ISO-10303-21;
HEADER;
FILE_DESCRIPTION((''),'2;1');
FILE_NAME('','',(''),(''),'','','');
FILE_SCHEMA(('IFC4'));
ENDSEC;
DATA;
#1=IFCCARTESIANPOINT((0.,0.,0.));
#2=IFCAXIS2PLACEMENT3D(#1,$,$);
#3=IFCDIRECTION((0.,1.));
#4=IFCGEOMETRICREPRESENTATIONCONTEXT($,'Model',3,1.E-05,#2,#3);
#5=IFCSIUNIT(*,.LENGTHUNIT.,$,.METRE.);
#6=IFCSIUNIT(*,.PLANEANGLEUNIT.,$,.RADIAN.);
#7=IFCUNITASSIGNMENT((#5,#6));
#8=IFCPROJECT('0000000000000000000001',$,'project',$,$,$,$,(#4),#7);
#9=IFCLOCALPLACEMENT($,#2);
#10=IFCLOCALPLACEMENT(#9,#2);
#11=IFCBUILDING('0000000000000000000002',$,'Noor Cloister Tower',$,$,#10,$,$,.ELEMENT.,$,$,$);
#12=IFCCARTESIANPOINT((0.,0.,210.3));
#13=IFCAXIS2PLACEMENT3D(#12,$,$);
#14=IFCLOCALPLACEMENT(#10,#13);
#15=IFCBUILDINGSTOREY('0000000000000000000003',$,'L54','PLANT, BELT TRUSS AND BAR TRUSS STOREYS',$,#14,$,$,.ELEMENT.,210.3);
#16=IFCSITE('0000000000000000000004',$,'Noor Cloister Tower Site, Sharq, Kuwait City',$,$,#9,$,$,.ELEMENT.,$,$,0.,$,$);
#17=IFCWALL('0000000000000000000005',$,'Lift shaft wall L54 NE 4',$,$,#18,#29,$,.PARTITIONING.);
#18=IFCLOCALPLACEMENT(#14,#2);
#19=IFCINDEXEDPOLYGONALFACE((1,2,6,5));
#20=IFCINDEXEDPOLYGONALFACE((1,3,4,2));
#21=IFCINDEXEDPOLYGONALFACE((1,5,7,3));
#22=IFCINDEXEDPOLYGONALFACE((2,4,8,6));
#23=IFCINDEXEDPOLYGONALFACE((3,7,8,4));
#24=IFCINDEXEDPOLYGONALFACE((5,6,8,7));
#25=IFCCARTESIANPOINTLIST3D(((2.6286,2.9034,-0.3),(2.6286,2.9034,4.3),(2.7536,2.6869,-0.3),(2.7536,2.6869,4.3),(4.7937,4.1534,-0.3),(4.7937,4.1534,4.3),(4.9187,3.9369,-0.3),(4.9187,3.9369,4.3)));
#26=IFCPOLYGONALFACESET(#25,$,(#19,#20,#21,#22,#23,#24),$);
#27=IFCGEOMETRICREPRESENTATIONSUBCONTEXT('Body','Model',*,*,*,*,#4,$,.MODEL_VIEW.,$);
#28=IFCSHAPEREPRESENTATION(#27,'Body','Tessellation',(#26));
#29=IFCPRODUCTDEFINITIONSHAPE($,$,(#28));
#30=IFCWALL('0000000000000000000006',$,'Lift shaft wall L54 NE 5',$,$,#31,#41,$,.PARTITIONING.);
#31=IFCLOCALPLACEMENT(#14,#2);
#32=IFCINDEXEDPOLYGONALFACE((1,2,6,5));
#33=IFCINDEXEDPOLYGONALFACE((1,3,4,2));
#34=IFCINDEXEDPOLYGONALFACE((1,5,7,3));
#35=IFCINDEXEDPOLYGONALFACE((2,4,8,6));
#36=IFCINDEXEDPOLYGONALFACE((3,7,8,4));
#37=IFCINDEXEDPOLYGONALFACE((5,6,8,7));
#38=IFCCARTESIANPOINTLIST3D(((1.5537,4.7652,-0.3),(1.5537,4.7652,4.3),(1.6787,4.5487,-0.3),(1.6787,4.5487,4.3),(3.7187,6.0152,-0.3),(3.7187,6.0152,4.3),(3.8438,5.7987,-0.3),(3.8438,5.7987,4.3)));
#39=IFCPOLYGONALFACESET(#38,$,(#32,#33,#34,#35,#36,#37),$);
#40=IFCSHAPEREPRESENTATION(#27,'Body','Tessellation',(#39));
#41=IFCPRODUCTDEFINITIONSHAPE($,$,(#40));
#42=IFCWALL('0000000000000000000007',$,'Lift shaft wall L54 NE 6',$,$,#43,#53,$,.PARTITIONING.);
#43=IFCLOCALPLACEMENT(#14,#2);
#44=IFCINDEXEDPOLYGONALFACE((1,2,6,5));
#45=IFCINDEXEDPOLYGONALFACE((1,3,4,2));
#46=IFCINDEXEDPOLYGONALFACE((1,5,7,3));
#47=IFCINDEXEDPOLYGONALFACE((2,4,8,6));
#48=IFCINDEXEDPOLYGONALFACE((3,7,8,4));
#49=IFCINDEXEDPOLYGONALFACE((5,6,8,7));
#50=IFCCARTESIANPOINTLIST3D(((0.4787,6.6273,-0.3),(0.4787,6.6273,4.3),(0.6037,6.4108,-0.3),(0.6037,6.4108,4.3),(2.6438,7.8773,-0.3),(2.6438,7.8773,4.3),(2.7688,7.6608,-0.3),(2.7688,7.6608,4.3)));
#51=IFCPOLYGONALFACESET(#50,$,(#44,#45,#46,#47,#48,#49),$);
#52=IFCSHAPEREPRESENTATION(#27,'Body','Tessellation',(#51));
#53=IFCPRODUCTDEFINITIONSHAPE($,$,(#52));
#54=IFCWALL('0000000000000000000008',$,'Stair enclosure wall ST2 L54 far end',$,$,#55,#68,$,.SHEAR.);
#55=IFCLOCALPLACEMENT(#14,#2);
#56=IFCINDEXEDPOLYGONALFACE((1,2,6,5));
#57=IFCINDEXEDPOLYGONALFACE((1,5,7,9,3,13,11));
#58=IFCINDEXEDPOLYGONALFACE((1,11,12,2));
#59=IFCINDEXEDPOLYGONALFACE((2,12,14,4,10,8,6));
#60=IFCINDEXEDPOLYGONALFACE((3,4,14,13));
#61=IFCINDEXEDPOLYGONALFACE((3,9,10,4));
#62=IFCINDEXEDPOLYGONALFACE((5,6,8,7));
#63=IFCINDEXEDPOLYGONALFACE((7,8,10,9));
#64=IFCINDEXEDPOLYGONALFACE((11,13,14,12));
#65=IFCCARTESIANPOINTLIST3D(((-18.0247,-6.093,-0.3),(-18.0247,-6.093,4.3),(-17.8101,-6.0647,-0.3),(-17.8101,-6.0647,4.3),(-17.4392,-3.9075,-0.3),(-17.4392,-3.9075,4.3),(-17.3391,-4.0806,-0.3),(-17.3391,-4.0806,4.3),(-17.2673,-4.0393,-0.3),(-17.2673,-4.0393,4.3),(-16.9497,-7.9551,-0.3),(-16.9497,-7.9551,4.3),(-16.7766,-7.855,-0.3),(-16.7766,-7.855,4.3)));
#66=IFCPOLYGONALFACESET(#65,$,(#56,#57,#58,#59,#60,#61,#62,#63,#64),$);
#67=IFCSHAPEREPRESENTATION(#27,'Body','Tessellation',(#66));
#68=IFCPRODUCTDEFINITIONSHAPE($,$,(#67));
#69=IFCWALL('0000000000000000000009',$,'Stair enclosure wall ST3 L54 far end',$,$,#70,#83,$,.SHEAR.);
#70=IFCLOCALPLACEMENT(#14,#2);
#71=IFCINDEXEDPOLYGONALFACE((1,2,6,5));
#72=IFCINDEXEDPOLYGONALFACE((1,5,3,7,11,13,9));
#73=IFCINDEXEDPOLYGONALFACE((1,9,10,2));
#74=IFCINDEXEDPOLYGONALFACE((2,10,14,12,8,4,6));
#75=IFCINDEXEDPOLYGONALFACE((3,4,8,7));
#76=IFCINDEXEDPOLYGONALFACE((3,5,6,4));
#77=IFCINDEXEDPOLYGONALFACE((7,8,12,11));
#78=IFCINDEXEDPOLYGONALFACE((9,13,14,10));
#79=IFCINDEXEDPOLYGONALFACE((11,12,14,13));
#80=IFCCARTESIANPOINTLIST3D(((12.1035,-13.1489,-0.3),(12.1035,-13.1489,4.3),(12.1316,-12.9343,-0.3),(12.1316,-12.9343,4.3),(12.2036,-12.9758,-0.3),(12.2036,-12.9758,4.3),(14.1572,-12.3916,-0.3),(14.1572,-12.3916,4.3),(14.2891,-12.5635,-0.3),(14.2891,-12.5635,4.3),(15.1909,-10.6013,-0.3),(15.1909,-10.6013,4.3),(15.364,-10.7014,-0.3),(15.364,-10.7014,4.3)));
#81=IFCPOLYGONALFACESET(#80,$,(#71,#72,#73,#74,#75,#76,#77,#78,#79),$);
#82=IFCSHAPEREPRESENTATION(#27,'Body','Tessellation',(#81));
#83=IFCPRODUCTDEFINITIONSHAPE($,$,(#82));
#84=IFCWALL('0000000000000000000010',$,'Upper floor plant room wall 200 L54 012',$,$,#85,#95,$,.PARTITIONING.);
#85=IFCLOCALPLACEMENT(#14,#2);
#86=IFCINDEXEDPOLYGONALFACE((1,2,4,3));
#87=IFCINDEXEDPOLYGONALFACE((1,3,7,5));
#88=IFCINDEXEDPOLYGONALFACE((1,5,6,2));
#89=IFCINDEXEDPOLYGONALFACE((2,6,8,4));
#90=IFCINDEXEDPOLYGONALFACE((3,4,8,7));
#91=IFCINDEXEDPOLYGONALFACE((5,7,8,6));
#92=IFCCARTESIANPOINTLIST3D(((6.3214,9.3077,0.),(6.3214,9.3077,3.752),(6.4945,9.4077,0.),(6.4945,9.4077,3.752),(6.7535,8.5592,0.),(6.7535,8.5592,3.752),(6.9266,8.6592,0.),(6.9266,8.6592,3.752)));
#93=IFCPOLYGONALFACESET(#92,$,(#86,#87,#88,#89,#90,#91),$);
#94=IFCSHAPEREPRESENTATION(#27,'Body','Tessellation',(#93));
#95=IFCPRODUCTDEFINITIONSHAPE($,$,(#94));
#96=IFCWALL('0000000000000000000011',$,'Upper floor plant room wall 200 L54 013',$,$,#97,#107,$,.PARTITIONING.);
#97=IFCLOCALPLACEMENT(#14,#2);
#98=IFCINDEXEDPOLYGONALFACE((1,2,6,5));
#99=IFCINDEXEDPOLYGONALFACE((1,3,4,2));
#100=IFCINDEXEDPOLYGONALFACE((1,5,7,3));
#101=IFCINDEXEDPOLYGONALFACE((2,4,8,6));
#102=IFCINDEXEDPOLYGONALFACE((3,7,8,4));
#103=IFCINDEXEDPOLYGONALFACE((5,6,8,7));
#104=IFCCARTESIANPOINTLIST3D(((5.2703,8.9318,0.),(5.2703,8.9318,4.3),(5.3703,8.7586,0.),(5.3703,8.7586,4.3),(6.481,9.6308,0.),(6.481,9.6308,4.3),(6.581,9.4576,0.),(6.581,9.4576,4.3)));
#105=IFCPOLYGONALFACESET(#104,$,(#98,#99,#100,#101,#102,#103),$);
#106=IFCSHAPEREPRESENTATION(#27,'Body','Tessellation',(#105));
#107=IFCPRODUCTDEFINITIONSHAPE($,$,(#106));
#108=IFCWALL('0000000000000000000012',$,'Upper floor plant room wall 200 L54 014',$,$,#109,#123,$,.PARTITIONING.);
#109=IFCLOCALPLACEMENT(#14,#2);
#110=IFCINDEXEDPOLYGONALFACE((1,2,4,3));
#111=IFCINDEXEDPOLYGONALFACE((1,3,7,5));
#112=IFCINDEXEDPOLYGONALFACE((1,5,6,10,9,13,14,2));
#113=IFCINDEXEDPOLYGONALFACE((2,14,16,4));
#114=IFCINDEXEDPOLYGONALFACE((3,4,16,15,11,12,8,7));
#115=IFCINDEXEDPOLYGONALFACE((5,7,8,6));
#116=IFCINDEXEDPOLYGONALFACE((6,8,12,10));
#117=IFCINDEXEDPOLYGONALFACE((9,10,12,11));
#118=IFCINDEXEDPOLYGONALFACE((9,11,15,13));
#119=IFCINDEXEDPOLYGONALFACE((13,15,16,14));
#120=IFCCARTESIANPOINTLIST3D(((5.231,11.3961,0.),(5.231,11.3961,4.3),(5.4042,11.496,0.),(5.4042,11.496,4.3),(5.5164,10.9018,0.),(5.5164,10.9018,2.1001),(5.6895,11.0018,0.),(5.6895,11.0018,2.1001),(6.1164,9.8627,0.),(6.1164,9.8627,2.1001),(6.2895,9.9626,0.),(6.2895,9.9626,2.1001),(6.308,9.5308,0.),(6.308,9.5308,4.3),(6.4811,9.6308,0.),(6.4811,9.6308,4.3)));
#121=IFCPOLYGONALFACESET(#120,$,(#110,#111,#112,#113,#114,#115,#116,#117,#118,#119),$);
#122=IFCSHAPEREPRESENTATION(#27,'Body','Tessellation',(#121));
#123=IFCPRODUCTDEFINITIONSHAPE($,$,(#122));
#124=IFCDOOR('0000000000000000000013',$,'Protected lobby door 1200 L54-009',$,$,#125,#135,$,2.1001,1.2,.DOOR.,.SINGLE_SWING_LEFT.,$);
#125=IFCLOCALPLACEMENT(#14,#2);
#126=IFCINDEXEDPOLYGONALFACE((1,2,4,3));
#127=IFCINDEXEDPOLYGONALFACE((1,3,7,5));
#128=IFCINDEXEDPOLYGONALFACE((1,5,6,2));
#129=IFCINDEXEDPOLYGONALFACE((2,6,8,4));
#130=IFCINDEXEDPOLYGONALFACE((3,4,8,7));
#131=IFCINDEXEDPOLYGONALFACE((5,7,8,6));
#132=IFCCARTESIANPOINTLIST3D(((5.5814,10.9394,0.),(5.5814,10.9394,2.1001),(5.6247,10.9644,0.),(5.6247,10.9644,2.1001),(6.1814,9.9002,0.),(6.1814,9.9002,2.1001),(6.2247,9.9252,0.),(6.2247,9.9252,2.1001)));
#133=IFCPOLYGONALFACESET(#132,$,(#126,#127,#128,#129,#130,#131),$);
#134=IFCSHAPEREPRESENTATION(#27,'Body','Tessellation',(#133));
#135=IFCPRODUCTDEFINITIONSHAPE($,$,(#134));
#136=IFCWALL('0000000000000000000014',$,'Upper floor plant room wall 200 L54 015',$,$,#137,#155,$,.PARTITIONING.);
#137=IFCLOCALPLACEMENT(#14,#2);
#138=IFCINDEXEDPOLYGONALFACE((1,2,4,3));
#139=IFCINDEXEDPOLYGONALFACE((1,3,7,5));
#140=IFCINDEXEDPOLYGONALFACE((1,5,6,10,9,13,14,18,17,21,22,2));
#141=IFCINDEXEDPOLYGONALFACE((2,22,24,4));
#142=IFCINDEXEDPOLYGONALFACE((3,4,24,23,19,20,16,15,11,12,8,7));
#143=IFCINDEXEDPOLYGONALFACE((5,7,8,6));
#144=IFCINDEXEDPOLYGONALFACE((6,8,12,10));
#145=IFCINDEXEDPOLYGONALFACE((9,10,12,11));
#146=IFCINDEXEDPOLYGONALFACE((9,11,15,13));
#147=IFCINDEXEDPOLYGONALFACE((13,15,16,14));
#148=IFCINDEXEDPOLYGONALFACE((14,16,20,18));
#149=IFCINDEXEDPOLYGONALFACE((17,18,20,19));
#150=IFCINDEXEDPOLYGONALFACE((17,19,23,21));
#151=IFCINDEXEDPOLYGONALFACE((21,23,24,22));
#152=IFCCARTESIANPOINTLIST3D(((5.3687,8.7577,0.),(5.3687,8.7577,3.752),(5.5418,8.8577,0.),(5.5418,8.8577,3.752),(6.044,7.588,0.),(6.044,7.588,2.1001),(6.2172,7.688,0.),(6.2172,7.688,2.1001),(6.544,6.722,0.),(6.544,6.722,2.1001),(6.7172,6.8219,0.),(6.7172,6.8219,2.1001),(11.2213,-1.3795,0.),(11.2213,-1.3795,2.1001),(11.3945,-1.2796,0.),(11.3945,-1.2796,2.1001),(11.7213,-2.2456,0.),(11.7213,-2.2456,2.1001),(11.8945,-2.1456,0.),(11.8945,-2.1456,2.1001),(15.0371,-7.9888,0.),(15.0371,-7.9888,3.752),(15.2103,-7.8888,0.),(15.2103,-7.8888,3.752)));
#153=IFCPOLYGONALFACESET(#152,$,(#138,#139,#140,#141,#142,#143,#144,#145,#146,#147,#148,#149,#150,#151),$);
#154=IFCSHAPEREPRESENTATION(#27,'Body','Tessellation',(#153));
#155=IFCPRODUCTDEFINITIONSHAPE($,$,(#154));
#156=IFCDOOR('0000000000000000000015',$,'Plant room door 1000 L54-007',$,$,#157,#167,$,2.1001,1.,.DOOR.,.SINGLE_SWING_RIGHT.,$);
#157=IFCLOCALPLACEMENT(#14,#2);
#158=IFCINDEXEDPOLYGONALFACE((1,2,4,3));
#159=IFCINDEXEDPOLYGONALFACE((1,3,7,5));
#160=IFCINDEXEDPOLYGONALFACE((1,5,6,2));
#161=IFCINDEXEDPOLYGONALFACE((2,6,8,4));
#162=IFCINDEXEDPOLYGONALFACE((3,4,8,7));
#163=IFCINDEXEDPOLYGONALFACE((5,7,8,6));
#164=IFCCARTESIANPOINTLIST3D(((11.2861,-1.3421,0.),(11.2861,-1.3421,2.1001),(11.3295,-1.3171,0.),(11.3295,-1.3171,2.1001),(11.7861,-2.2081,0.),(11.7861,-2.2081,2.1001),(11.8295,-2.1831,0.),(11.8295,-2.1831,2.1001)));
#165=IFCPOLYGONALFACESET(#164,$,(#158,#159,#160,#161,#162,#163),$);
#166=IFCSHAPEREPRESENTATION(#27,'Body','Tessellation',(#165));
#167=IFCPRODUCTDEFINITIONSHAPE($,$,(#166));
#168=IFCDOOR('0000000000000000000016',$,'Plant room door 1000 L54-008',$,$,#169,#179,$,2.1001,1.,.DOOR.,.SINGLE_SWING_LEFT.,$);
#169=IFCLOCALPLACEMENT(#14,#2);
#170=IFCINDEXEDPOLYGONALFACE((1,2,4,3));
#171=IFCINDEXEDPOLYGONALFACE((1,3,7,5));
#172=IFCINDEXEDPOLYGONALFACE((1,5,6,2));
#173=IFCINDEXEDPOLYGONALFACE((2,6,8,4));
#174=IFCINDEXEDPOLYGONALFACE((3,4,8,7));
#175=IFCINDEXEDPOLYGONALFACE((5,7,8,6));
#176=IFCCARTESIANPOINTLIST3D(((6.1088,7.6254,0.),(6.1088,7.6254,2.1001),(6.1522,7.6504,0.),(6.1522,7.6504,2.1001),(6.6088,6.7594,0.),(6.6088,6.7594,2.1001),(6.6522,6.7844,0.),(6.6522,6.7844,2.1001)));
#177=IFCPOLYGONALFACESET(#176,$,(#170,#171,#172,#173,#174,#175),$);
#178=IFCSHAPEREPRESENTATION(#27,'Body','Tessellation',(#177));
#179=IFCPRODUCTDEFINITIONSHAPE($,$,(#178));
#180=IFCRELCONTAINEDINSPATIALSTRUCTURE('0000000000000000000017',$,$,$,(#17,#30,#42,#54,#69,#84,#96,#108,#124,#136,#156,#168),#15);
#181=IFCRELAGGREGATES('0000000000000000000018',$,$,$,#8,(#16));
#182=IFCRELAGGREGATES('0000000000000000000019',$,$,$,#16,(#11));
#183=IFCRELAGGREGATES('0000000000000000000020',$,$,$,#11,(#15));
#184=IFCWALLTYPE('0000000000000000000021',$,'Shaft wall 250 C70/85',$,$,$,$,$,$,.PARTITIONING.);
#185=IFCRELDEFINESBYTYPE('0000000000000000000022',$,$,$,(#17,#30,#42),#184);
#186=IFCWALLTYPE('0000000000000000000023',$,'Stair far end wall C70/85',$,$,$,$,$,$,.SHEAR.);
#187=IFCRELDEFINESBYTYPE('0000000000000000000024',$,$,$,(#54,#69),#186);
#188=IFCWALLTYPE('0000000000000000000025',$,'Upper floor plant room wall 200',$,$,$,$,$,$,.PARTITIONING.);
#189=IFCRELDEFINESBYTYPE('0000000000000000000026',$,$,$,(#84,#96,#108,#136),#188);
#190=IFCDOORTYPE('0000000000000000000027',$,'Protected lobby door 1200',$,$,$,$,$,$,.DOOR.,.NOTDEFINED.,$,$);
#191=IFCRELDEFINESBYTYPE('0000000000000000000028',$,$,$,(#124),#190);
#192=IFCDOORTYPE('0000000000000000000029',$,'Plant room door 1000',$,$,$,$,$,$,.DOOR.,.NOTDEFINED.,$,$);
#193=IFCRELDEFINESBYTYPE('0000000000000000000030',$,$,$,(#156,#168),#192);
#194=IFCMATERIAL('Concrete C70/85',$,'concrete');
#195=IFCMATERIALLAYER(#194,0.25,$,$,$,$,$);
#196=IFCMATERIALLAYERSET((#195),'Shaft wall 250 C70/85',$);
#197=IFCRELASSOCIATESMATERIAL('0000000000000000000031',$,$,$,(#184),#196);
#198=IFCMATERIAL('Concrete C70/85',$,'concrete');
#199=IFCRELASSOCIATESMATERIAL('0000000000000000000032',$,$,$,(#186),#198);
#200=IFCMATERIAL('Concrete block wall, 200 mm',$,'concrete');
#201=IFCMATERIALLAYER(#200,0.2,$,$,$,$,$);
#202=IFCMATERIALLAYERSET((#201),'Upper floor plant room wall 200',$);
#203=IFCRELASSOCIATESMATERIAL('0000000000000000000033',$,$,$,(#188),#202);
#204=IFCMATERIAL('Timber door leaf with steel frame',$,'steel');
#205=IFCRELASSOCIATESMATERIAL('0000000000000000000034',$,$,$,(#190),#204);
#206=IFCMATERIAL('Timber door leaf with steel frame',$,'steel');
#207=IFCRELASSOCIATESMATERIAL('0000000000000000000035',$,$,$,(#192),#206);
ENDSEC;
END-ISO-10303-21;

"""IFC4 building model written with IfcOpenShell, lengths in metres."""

from ifc_helpers import new_model, si_unit, direction, frame, frame_2d, origin, place, context, subcontext, project, spatial, polyline, rectangle, outline, extrude, material, layer, layer_set, type_object, element, fill, save


model = new_model("IFC4")

# Units and contexts
model_context = context("Model", 3, precision=1e-05, world=origin(), true_north=direction((0.0, 1.0)))
body_context = subcontext(model_context, "Body", "Model", "MODEL_VIEW")
ifc_project = project(units=[si_unit("LENGTHUNIT", "METRE"), si_unit("PLANEANGLEUNIT", "RADIAN")], contexts=[model_context])

# Site, building, storey
site_placement = place(None, origin())
site = spatial("IfcSite", under=ifc_project, at=site_placement, Name="Noor Cloister Tower Site, Sharq, Kuwait City", CompositionType="ELEMENT", RefElevation=0.0)
building_placement = place(site_placement, origin())
building = spatial("IfcBuilding", under=site, at=building_placement, Name="Noor Cloister Tower", CompositionType="ELEMENT")
storey_placement = place(building_placement, frame((0.0, 0.0, 210.3)))
storey = spatial("IfcBuildingStorey", under=building, at=storey_placement, Name="L54", Description="PLANT, BELT TRUSS AND BAR TRUSS STOREYS", CompositionType="ELEMENT", Elevation=210.3)

# Walls
ifc_material_1 = material(Name="Concrete C70/85", Category="concrete")
ifc_layer_1 = layer(ifc_material_1, 0.25)
ifc_layer_set_1 = layer_set([ifc_layer_1], Name="Shaft wall 250 C70/85")
wall_type_1 = type_object("IfcWallType", Name="Shaft wall 250 C70/85", PredefinedType="PARTITIONING", material=ifc_layer_set_1)
for number, where, z_axis, x_axis, name in (
    (1, (4.8562, 4.0452, -0.3), (0.0, 0.0, 1.0), (-0.866023, -0.500004, 0.0), "Lift shaft wall L54 NE 4"),
    (2, (3.7812, 5.907, -0.3), (0.0, 0.0, 1.0), (-0.866023, -0.500004, 0.0), "Lift shaft wall L54 NE 5"),
    (3, (2.7063, 7.769, -0.3), (0.0, 0.0, 1.0), (-0.866023, -0.500004, 0.0), "Lift shaft wall L54 NE 6"),
):
    element("IfcWall", number, at=place(storey_placement, frame(where, z_axis=z_axis, x_axis=x_axis)), inside=storey, type_object=wall_type_1, Name=name, PredefinedType="PARTITIONING", context=body_context, shape_type="SweptSolid", body=[
        extrude(rectangle(XDim=2.5, YDim=0.25, at=frame_2d((1.25, 0.0))), origin(), (0.0, 0.0, 1.0), 4.6001),
    ])
ifc_material_2 = material(Name="Concrete C70/85", Category="concrete")
wall_type_2 = type_object("IfcWallType", Name="Stair far end wall C70/85", PredefinedType="SHEAR", material=ifc_material_2)
wall_1_placement = place(storey_placement, frame((0.0, 0.0, -0.3)))
element("IfcWall", 4, at=wall_1_placement, inside=storey, type_object=wall_type_2, Name="Stair enclosure wall ST2 L54 far end", PredefinedType="SHEAR", context=body_context, shape_type="SweptSolid", body=[
    extrude(outline(polyline([(-17.4392, -3.9075), (-18.0247, -6.093), (-16.9497, -7.9551), (-16.7766, -7.855), (-17.8101, -6.0647), (-17.2673, -4.0393), (-17.3391, -4.0806), (-17.3391, -4.0806), (-17.3391, -4.0806), (-17.3391, -4.0806), (-17.3391, -4.0806), (-17.3391, -4.0806), (-17.3391, -4.0806), (-17.3391, -4.0806), (-17.3391, -4.0806), (-17.3391, -4.0806), (-17.3391, -4.0806), (-17.3391, -4.0806), (-17.3391, -4.0806), (-17.3391, -4.0806), (-17.3391, -4.0806), (-17.3391, -4.0806), (-17.3391, -4.0806), (-17.4392, -3.9075)])), origin(), (0.0, 0.0, 1.0), 4.6001),
])
wall_2_placement = place(storey_placement, frame((0.0, 0.0, -0.3)))
element("IfcWall", 5, at=wall_2_placement, inside=storey, type_object=wall_type_2, Name="Stair enclosure wall ST3 L54 far end", PredefinedType="SHEAR", context=body_context, shape_type="SweptSolid", body=[
    extrude(outline(polyline([(12.1035, -13.1489), (14.2891, -12.5635), (15.364, -10.7014), (15.1909, -10.6013), (14.1572, -12.3916), (12.1316, -12.9343), (12.2036, -12.9758), (12.2036, -12.9758), (12.2036, -12.9758), (12.2036, -12.9758), (12.2036, -12.9758), (12.2036, -12.9758), (12.2036, -12.9758), (12.2036, -12.9758), (12.2036, -12.9758), (12.2036, -12.9758), (12.2036, -12.9758), (12.2036, -12.9758), (12.2036, -12.9758), (12.2036, -12.9758), (12.2036, -12.9758), (12.2036, -12.9758), (12.2036, -12.9758), (12.1035, -13.1489)])), origin(), (0.0, 0.0, 1.0), 4.6001),
])
ifc_material_3 = material(Name="Concrete block wall, 200 mm", Category="concrete")
ifc_layer_2 = layer(ifc_material_3, 0.2)
ifc_layer_set_2 = layer_set([ifc_layer_2], Name="Upper floor plant room wall 200")
wall_type_3 = type_object("IfcWallType", Name="Upper floor plant room wall 200", PredefinedType="PARTITIONING", material=ifc_layer_set_2)
wall_3_placement = place(storey_placement, frame((6.408, 9.3577, 0.0), z_axis=(0.0, 0.0, 1.0), x_axis=(0.499967, -0.866044, 0.0)))
element("IfcWall", 6, at=wall_3_placement, inside=storey, type_object=wall_type_3, Name="Upper floor plant room wall 200 L54 012", PredefinedType="PARTITIONING", context=body_context, shape_type="SweptSolid", body=[
    extrude(rectangle(XDim=0.8643, YDim=0.2, at=frame_2d((0.4321, 0.0))), origin(), (0.0, 0.0, 1.0), 3.752),
])
wall_4_placement = place(storey_placement, frame((5.3203, 8.8452, 0.0), z_axis=(0.0, 0.0, 1.0), x_axis=(0.866031, 0.49999, 0.0)))
element("IfcWall", 7, at=wall_4_placement, inside=storey, type_object=wall_type_3, Name="Upper floor plant room wall 200 L54 013", PredefinedType="PARTITIONING", context=body_context, shape_type="SweptSolid", body=[
    extrude(rectangle(XDim=1.3979, YDim=0.2, at=frame_2d((0.699, 0.0))), origin(), (0.0, 0.0, 1.0), 4.3),
])

# Wall, opening, door
wall_5_placement = place(storey_placement, frame((6.3945, 9.5808, 0.0), z_axis=(0.0, 0.0, 1.0), x_axis=(-0.500004, 0.866023, 0.0)))
wall_5 = element("IfcWall", 8, at=wall_5_placement, inside=storey, type_object=wall_type_3, Name="Upper floor plant room wall 200 L54 014", PredefinedType="PARTITIONING", context=body_context, shape_type="SweptSolid", body=[
    extrude(rectangle(XDim=2.1538, YDim=0.2, at=frame_2d((1.0769, 0.0))), origin(), (0.0, 0.0, 1.0), 4.3),
])
opening_1_placement = place(wall_5_placement, frame((0.3831, 0.0, 0.0)))
opening_1 = element("IfcOpeningElement", 9, at=opening_1_placement, cuts=wall_5, PredefinedType="OPENING", context=body_context, shape_type="SweptSolid", body=[
    extrude(rectangle(XDim=1.2, YDim=2.1001, at=frame_2d((0.6001, 1.05))), frame((0.0, 0.1099, 0.0), z_axis=(0.0, -1.0, 0.0), x_axis=(1.0, 0.0, 0.0)), (0.0, 0.0, 1.0), 0.22),
])
ifc_material_4 = material(Name="Timber door leaf with steel frame", Category="steel")
door_type_1 = type_object("IfcDoorType", Name="Protected lobby door 1200", OperationType="NOTDEFINED", PredefinedType="DOOR", material=ifc_material_4)
door_1_placement = place(opening_1_placement, origin())
door_1 = element("IfcDoor", 10, at=door_1_placement, inside=storey, type_object=door_type_1, Name="Protected lobby door 1200 L54-009", OperationType="SINGLE_SWING_LEFT", OverallHeight=2.1001, OverallWidth=1.2, PredefinedType="DOOR", context=body_context, shape_type="SweptSolid", body=[
    extrude(rectangle(XDim=1.2, YDim=2.1001, at=frame_2d((0.6001, 1.05))), frame((0.0, 0.0249, 0.0), z_axis=(0.0, -1.0, 0.0), x_axis=(1.0, 0.0, 0.0)), (0.0, 0.0, 1.0), 0.05),
])
fill(opening_1, door_1)

# Wall, openings, doors
wall_6_placement = place(storey_placement, frame((5.4553, 8.8076, 0.0), z_axis=(0.0, 0.0, 1.0), x_axis=(0.499993, -0.86603, 0.0)))
wall_6 = element("IfcWall", 11, at=wall_6_placement, inside=storey, type_object=wall_type_3, Name="Upper floor plant room wall 200 L54 015", PredefinedType="PARTITIONING", context=body_context, shape_type="SweptSolid", body=[
    extrude(rectangle(XDim=19.3372, YDim=0.2, at=frame_2d((9.6685, 0.0))), origin(), (0.0, 0.0, 1.0), 3.752),
])
opening_2_placement = place(wall_6_placement, frame((11.7053, 0.0, 0.0)))
opening_2 = element("IfcOpeningElement", 12, at=opening_2_placement, cuts=wall_6, PredefinedType="OPENING", context=body_context, shape_type="SweptSolid", body=[
    extrude(rectangle(XDim=1.0, YDim=2.1001, at=frame_2d((0.5, 1.05))), frame((0.0, 0.1099, 0.0), z_axis=(0.0, -1.0, 0.0), x_axis=(1.0, 0.0, 0.0)), (0.0, 0.0, 1.0), 0.22),
])
opening_3_placement = place(wall_6_placement, frame((1.3506, 0.0, 0.0)))
opening_3 = element("IfcOpeningElement", 13, at=opening_3_placement, cuts=wall_6, PredefinedType="OPENING", context=body_context, shape_type="SweptSolid", body=[
    extrude(rectangle(XDim=1.0, YDim=2.1001, at=frame_2d((0.5, 1.05))), frame((0.0, 0.1099, 0.0), z_axis=(0.0, -1.0, 0.0), x_axis=(1.0, 0.0, 0.0)), (0.0, 0.0, 1.0), 0.22),
])
ifc_material_5 = material(Name="Timber door leaf with steel frame", Category="steel")
door_type_2 = type_object("IfcDoorType", Name="Plant room door 1000", OperationType="NOTDEFINED", PredefinedType="DOOR", material=ifc_material_5)
door_2_placement = place(opening_2_placement, origin())
door_2 = element("IfcDoor", 14, at=door_2_placement, inside=storey, type_object=door_type_2, Name="Plant room door 1000 L54-007", OperationType="SINGLE_SWING_RIGHT", OverallHeight=2.1001, OverallWidth=1.0, PredefinedType="DOOR", context=body_context, shape_type="SweptSolid", body=[
    extrude(rectangle(XDim=1.0, YDim=2.1001, at=frame_2d((0.5, 1.05))), frame((0.0, 0.0249, 0.0), z_axis=(0.0, -1.0, 0.0), x_axis=(1.0, 0.0, 0.0)), (0.0, 0.0, 1.0), 0.05),
])
fill(opening_2, door_2)
door_3_placement = place(opening_3_placement, origin())
door_3 = element("IfcDoor", 15, at=door_3_placement, inside=storey, type_object=door_type_2, Name="Plant room door 1000 L54-008", OperationType="SINGLE_SWING_LEFT", OverallHeight=2.1001, OverallWidth=1.0, PredefinedType="DOOR", context=body_context, shape_type="SweptSolid", body=[
    extrude(rectangle(XDim=1.0, YDim=2.1001, at=frame_2d((0.5, 1.05))), frame((0.0, 0.0249, 0.0), z_axis=(0.0, -1.0, 0.0), x_axis=(1.0, 0.0, 0.0)), (0.0, 0.0, 1.0), 0.05),
])
fill(opening_3, door_3)

save(model, "model.ifc")
